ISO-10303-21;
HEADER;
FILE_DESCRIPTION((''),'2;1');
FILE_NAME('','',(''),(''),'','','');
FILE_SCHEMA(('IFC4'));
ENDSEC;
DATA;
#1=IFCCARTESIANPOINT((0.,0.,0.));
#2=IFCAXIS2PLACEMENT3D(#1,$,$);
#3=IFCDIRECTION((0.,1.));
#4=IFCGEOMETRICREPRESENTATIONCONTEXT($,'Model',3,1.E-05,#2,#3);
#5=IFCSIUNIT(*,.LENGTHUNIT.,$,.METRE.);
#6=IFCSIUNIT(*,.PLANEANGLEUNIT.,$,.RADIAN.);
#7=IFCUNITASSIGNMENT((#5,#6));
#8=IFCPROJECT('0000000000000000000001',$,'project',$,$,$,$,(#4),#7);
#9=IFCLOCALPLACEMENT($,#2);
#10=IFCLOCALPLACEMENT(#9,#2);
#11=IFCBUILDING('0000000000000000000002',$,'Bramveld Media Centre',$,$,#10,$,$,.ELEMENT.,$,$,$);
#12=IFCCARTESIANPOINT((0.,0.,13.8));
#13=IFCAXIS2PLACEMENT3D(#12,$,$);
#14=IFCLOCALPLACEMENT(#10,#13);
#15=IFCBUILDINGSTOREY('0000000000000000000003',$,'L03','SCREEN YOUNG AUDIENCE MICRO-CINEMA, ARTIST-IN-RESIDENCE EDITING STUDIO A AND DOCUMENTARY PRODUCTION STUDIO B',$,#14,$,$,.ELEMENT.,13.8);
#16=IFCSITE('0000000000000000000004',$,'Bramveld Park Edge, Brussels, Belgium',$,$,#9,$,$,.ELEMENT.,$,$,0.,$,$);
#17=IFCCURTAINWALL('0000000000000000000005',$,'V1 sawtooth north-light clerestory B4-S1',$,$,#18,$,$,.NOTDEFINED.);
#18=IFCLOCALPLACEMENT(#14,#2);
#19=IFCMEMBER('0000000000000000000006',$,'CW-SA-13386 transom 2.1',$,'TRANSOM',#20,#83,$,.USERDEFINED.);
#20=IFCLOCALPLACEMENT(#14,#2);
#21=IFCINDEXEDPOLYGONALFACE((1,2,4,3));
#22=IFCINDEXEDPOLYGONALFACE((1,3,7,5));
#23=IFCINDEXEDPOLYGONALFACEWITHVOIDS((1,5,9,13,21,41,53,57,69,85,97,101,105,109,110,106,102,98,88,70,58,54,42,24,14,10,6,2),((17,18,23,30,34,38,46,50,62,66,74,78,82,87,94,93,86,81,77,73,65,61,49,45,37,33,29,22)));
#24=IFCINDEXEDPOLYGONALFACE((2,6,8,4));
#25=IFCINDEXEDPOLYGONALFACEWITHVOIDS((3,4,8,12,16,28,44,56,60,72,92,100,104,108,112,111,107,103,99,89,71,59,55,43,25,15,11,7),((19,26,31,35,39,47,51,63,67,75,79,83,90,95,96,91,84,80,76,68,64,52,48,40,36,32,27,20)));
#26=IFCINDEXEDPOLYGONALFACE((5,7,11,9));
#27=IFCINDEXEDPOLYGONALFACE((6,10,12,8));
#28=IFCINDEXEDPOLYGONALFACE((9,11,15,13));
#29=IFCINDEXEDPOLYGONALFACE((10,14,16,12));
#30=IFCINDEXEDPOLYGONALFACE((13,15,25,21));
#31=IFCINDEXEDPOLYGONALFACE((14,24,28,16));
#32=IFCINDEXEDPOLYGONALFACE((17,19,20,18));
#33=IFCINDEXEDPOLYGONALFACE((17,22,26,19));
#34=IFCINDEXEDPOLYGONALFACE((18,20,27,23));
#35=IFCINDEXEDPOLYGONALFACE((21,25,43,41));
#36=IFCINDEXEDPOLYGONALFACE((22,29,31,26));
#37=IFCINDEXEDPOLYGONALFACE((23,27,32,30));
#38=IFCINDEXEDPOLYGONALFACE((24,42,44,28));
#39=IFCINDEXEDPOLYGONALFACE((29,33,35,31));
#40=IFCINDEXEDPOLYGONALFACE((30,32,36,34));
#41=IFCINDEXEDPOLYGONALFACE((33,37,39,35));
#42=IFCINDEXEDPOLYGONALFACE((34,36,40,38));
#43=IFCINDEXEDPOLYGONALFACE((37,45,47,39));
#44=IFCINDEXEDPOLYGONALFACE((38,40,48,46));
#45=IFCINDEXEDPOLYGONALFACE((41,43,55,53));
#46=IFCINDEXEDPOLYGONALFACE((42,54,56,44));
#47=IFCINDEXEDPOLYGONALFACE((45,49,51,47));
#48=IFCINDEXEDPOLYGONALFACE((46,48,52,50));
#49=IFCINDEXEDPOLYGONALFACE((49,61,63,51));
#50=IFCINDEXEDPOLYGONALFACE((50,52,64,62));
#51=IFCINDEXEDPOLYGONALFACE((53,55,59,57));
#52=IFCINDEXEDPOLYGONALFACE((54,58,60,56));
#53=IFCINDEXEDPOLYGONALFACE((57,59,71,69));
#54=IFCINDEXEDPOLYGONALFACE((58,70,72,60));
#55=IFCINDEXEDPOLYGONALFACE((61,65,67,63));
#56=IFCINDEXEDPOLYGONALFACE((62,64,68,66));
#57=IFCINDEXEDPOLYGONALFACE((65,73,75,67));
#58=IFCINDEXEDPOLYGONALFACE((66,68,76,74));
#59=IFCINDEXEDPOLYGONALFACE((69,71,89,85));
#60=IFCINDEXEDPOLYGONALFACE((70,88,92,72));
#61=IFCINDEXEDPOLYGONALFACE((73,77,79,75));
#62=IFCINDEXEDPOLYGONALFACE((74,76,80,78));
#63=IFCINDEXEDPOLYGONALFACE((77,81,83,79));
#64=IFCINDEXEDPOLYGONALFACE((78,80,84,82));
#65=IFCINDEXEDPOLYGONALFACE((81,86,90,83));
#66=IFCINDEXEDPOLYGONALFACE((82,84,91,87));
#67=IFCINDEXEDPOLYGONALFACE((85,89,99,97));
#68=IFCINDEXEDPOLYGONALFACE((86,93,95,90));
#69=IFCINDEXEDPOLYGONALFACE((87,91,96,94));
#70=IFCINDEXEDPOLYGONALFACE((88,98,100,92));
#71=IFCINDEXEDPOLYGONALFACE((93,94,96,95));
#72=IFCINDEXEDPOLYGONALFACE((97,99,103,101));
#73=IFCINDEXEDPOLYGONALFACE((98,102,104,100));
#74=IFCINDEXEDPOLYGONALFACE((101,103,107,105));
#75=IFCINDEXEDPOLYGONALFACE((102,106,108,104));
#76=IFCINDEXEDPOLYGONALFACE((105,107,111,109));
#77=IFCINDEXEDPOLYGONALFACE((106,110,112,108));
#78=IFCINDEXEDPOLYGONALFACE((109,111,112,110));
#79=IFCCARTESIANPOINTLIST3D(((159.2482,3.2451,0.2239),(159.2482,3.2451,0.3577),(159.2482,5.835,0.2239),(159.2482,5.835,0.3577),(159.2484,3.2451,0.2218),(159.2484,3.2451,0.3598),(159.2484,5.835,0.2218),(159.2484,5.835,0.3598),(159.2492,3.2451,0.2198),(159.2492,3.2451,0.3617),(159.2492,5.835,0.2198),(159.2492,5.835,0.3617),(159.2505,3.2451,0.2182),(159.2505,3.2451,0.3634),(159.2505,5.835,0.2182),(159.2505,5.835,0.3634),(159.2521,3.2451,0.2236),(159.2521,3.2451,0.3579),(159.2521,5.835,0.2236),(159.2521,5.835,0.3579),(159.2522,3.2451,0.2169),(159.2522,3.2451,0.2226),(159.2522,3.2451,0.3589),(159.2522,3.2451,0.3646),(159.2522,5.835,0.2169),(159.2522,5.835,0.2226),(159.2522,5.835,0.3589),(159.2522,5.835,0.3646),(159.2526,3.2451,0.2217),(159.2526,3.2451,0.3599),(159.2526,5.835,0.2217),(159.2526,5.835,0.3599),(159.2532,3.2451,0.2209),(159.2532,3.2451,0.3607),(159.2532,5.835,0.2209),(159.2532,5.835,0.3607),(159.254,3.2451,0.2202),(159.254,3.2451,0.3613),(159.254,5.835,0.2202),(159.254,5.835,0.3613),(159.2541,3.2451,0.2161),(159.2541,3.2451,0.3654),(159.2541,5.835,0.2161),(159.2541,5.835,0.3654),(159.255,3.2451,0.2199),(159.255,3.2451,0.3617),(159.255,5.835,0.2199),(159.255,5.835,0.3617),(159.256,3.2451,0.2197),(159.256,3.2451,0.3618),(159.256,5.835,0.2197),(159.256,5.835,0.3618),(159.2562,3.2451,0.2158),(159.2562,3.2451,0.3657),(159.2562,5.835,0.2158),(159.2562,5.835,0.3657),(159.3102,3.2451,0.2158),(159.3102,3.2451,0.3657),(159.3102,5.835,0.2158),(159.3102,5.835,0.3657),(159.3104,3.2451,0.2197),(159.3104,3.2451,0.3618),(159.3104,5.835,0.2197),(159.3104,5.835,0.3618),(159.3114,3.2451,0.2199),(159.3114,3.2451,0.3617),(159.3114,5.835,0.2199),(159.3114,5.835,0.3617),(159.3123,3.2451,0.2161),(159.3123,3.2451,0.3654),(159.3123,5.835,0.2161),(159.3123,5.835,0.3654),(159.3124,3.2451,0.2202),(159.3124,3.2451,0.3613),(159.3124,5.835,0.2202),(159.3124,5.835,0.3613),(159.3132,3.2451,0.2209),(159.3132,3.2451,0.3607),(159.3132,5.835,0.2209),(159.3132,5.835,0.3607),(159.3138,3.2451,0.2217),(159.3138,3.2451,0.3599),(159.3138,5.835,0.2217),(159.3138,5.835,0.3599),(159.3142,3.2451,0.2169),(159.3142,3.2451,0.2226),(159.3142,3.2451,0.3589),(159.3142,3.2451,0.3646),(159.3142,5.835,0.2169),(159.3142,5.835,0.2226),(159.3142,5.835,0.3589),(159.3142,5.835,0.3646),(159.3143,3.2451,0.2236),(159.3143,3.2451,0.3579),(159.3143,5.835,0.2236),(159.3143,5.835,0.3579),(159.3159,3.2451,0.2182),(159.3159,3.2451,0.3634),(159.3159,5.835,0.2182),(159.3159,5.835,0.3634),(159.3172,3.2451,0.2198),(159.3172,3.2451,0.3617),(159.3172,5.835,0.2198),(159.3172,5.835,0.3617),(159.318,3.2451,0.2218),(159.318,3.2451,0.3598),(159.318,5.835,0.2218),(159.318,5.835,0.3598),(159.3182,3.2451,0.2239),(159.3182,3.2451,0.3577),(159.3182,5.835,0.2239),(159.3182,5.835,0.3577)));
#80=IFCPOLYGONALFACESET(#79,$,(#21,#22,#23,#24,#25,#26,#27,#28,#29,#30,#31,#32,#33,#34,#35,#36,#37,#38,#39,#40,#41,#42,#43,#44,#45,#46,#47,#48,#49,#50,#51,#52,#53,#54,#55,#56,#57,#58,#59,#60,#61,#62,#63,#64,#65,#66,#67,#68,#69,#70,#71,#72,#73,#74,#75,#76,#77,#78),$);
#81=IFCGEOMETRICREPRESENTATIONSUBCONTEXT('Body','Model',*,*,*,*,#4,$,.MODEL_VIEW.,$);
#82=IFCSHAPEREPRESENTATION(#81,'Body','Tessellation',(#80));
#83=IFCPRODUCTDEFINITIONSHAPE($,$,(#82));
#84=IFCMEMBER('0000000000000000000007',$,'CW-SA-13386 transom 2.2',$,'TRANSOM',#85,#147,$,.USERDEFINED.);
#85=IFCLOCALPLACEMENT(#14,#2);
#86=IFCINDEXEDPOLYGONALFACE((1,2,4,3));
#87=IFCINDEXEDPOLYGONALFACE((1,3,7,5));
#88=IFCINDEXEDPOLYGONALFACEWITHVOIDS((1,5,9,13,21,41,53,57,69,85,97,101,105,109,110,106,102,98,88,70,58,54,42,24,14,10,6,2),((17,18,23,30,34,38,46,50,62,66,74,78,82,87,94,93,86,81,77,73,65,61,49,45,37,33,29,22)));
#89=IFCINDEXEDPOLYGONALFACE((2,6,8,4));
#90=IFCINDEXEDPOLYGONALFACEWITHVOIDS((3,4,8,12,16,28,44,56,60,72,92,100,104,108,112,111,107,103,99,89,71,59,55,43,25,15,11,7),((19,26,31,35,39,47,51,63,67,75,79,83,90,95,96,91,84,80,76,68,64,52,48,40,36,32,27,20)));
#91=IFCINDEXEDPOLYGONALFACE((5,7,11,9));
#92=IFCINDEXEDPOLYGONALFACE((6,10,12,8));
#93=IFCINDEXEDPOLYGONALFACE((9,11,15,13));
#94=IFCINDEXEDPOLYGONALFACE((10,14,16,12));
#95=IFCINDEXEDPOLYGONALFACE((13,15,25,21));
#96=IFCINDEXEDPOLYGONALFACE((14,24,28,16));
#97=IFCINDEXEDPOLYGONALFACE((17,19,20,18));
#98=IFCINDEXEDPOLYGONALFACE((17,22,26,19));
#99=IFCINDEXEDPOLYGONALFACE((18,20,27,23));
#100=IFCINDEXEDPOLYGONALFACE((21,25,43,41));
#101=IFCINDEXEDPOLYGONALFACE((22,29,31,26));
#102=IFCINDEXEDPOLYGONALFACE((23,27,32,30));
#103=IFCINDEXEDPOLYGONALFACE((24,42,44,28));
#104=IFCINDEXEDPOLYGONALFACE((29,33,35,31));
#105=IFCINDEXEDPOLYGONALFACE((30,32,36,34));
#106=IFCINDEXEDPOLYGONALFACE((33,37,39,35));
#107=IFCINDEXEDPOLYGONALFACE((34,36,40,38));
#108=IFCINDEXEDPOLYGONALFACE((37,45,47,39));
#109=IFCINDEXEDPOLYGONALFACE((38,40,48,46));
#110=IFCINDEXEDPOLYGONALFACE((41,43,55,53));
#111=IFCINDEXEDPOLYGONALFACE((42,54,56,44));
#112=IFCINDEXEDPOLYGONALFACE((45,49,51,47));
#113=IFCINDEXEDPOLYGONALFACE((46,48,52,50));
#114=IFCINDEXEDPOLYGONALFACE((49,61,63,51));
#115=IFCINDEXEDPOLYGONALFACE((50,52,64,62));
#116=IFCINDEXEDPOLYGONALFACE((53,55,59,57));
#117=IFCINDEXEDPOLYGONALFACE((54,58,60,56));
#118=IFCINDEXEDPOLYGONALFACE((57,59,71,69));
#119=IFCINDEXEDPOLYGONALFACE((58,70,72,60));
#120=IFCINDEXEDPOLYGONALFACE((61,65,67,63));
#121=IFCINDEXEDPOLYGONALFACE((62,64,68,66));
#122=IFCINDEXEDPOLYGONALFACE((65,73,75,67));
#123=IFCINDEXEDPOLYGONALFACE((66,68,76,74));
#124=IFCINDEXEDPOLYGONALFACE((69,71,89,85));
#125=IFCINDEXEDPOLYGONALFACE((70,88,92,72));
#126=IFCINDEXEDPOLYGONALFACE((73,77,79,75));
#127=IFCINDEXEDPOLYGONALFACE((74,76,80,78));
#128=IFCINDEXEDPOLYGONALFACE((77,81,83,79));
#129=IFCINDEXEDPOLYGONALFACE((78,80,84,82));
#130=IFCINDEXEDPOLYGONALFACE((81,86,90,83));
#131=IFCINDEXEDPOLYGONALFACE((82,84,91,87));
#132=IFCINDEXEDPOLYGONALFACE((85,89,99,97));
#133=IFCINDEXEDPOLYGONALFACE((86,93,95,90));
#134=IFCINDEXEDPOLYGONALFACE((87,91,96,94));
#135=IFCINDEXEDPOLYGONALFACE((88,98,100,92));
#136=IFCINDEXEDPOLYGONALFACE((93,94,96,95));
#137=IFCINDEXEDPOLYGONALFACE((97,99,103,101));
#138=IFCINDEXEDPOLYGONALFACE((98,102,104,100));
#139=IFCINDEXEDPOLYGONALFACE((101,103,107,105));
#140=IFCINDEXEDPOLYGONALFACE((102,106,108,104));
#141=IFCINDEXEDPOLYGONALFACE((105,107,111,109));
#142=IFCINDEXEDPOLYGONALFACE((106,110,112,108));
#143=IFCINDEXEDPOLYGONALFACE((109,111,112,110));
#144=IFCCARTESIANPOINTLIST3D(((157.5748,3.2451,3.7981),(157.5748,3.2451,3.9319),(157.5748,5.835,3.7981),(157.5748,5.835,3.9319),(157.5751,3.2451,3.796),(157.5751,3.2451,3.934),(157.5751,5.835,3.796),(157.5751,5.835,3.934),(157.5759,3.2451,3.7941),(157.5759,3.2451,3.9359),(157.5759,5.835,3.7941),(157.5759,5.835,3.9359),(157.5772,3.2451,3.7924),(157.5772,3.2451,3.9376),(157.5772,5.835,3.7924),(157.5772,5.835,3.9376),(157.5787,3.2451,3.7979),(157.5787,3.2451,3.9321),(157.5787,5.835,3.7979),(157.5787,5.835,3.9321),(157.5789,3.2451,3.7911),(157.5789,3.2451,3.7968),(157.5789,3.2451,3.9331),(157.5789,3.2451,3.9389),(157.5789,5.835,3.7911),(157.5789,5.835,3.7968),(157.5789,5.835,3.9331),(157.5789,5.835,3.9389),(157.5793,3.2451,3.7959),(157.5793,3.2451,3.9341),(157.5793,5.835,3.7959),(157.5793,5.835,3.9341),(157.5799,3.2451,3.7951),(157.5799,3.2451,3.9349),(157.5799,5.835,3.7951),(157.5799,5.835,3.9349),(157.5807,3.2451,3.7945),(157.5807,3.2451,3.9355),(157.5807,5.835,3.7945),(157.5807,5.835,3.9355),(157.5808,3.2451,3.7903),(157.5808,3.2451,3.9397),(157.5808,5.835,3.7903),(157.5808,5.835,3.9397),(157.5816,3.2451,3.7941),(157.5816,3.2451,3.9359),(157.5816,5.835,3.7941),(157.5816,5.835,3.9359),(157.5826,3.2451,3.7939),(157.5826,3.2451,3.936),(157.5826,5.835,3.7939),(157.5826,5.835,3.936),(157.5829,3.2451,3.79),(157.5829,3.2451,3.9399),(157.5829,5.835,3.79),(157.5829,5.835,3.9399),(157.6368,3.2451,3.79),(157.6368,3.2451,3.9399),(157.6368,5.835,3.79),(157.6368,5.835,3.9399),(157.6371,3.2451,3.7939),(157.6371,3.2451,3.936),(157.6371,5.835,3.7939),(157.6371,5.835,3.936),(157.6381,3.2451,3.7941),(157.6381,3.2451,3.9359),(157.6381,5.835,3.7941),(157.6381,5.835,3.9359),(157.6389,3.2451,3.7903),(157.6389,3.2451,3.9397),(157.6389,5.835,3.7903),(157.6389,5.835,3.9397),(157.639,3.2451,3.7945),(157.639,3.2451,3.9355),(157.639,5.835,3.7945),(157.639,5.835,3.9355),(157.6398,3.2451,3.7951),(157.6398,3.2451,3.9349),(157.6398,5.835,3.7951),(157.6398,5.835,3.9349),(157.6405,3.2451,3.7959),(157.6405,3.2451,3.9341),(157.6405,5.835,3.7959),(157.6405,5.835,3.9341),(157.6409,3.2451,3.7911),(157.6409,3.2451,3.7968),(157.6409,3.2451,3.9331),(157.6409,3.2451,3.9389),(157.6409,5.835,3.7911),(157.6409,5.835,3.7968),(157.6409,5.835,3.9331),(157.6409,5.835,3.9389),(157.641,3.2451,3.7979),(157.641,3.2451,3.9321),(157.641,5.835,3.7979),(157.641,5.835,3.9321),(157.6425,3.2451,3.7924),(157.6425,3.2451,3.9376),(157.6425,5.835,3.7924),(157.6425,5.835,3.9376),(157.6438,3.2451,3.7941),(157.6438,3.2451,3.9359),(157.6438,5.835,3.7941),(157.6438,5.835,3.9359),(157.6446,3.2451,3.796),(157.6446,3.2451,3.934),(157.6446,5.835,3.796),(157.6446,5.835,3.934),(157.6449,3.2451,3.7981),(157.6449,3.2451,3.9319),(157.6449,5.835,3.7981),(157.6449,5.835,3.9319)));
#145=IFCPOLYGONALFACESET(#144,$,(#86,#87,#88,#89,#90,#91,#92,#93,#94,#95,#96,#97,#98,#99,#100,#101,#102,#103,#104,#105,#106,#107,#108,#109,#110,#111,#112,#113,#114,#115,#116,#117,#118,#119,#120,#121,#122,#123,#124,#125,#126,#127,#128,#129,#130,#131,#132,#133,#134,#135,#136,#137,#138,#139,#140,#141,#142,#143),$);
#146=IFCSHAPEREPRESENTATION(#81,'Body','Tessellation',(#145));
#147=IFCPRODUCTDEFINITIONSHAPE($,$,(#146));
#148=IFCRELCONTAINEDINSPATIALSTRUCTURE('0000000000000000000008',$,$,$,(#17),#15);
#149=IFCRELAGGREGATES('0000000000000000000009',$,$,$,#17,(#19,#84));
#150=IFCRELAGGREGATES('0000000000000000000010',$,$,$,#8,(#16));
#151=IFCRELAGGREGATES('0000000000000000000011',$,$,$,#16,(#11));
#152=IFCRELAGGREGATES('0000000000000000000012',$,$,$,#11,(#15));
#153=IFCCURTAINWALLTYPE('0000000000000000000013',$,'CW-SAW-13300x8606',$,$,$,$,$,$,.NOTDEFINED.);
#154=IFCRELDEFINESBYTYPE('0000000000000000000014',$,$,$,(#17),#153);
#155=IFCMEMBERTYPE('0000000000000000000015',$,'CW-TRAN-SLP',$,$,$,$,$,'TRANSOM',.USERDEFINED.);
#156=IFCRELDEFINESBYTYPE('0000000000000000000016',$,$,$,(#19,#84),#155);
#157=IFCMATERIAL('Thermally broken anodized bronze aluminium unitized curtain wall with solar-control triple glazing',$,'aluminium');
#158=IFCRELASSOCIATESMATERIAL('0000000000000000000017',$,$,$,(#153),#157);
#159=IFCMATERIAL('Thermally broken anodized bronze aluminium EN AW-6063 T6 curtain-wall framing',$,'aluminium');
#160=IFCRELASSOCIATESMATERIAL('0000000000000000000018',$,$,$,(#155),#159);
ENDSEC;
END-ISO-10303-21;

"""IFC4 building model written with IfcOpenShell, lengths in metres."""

from ifc_helpers import new_model, si_unit, direction, frame, origin, origin_2d, place, context, subcontext, project, spatial, hollow_rectangle, extrude, material, material_profile, profile_set, type_object, element, aggregate, save


model = new_model("IFC4")

# Units and contexts
model_context = context("Model", 3, precision=1e-05, world=origin(), true_north=direction((0.0, 1.0)))
body_context = subcontext(model_context, "Body", "Model", "MODEL_VIEW")
ifc_project = project(units=[si_unit("LENGTHUNIT", "METRE"), si_unit("PLANEANGLEUNIT", "RADIAN")], contexts=[model_context])

# Site, building, storey
site_placement = place(None, origin())
site = spatial("IfcSite", under=ifc_project, at=site_placement, Name="Bramveld Park Edge, Brussels, Belgium", CompositionType="ELEMENT", RefElevation=0.0)
building_placement = place(site_placement, origin())
building = spatial("IfcBuilding", under=site, at=building_placement, Name="Bramveld Media Centre", CompositionType="ELEMENT")
storey_placement = place(building_placement, frame((0.0, 0.0, 13.8)))
storey = spatial("IfcBuildingStorey", under=building, at=storey_placement, Name="L03", Description="SCREEN YOUNG AUDIENCE MICRO-CINEMA, ARTIST-IN-RESIDENCE EDITING STUDIO A AND DOCUMENTARY PRODUCTION STUDIO B", CompositionType="ELEMENT", Elevation=13.8)

# Curtain wall, members
ifc_material_1 = material(Name="Thermally broken anodized bronze aluminium unitized curtain wall with solar-control triple glazing", Category="aluminium")
curtain_wall_type = type_object("IfcCurtainWallType", Name="CW-SAW-13300x8606", PredefinedType="NOTDEFINED", material=ifc_material_1)
curtain_wall_placement = place(storey_placement, origin())
curtain_wall = element("IfcCurtainWall", 1, at=curtain_wall_placement, inside=storey, type_object=curtain_wall_type, Name="V1 sawtooth north-light clerestory B4-S1", PredefinedType="NOTDEFINED")
ifc_material_2 = material(Name="Thermally broken anodized bronze aluminium EN AW-6063 T6 curtain-wall framing", Category="aluminium")
ifc_material_profile_1 = material_profile(ifc_material_2, hollow_rectangle(XDim=0.0701, YDim=0.1499, WallThickness=0.0039, InnerFilletRadius=0.0039, OuterFilletRadius=0.0081, at=origin_2d()), Name="AL-TRAN 70x150")
ifc_profile_set_1 = profile_set([ifc_material_profile_1], Name="Thermally broken anodized bronze aluminium EN AW-6063 T6 curtain-wall framing")
member_type_1 = type_object("IfcMemberType", Name="CW-TRAN-SLP", ElementType="TRANSOM", PredefinedType="USERDEFINED", material=ifc_profile_set_1)
member_1_placement = place(storey_placement, frame((159.2832, 3.2451, 0.2908), z_axis=(0.0, 1.0, 0.0), x_axis=(-1.0, 0.0, 0.0)))
member_1 = element("IfcMember", 2, at=member_1_placement, type_object=member_type_1, Name="CW-SA-13386 transom 2.1", ObjectType="TRANSOM", PredefinedType="USERDEFINED", context=body_context, shape_type="SweptSolid", body=[
    extrude(hollow_rectangle(XDim=0.0701, YDim=0.1499, WallThickness=0.0039, InnerFilletRadius=0.0039, OuterFilletRadius=0.0081, at=origin_2d()), origin(), (0.0, 0.0, 1.0), 2.5898),
])
member_2_placement = place(storey_placement, frame((157.6099, 3.2451, 3.865), z_axis=(0.0, 1.0, 0.0), x_axis=(-1.0, 0.0, 0.0)))
member_2 = element("IfcMember", 3, at=member_2_placement, type_object=member_type_1, Name="CW-SA-13386 transom 2.2", ObjectType="TRANSOM", PredefinedType="USERDEFINED", context=body_context, shape_type="SweptSolid", body=[
    extrude(hollow_rectangle(XDim=0.0701, YDim=0.1499, WallThickness=0.0039, InnerFilletRadius=0.0039, OuterFilletRadius=0.0081, at=origin_2d()), origin(), (0.0, 0.0, 1.0), 2.5898),
])

aggregate(curtain_wall, [member_1, member_2])

save(model, "model.ifc")
